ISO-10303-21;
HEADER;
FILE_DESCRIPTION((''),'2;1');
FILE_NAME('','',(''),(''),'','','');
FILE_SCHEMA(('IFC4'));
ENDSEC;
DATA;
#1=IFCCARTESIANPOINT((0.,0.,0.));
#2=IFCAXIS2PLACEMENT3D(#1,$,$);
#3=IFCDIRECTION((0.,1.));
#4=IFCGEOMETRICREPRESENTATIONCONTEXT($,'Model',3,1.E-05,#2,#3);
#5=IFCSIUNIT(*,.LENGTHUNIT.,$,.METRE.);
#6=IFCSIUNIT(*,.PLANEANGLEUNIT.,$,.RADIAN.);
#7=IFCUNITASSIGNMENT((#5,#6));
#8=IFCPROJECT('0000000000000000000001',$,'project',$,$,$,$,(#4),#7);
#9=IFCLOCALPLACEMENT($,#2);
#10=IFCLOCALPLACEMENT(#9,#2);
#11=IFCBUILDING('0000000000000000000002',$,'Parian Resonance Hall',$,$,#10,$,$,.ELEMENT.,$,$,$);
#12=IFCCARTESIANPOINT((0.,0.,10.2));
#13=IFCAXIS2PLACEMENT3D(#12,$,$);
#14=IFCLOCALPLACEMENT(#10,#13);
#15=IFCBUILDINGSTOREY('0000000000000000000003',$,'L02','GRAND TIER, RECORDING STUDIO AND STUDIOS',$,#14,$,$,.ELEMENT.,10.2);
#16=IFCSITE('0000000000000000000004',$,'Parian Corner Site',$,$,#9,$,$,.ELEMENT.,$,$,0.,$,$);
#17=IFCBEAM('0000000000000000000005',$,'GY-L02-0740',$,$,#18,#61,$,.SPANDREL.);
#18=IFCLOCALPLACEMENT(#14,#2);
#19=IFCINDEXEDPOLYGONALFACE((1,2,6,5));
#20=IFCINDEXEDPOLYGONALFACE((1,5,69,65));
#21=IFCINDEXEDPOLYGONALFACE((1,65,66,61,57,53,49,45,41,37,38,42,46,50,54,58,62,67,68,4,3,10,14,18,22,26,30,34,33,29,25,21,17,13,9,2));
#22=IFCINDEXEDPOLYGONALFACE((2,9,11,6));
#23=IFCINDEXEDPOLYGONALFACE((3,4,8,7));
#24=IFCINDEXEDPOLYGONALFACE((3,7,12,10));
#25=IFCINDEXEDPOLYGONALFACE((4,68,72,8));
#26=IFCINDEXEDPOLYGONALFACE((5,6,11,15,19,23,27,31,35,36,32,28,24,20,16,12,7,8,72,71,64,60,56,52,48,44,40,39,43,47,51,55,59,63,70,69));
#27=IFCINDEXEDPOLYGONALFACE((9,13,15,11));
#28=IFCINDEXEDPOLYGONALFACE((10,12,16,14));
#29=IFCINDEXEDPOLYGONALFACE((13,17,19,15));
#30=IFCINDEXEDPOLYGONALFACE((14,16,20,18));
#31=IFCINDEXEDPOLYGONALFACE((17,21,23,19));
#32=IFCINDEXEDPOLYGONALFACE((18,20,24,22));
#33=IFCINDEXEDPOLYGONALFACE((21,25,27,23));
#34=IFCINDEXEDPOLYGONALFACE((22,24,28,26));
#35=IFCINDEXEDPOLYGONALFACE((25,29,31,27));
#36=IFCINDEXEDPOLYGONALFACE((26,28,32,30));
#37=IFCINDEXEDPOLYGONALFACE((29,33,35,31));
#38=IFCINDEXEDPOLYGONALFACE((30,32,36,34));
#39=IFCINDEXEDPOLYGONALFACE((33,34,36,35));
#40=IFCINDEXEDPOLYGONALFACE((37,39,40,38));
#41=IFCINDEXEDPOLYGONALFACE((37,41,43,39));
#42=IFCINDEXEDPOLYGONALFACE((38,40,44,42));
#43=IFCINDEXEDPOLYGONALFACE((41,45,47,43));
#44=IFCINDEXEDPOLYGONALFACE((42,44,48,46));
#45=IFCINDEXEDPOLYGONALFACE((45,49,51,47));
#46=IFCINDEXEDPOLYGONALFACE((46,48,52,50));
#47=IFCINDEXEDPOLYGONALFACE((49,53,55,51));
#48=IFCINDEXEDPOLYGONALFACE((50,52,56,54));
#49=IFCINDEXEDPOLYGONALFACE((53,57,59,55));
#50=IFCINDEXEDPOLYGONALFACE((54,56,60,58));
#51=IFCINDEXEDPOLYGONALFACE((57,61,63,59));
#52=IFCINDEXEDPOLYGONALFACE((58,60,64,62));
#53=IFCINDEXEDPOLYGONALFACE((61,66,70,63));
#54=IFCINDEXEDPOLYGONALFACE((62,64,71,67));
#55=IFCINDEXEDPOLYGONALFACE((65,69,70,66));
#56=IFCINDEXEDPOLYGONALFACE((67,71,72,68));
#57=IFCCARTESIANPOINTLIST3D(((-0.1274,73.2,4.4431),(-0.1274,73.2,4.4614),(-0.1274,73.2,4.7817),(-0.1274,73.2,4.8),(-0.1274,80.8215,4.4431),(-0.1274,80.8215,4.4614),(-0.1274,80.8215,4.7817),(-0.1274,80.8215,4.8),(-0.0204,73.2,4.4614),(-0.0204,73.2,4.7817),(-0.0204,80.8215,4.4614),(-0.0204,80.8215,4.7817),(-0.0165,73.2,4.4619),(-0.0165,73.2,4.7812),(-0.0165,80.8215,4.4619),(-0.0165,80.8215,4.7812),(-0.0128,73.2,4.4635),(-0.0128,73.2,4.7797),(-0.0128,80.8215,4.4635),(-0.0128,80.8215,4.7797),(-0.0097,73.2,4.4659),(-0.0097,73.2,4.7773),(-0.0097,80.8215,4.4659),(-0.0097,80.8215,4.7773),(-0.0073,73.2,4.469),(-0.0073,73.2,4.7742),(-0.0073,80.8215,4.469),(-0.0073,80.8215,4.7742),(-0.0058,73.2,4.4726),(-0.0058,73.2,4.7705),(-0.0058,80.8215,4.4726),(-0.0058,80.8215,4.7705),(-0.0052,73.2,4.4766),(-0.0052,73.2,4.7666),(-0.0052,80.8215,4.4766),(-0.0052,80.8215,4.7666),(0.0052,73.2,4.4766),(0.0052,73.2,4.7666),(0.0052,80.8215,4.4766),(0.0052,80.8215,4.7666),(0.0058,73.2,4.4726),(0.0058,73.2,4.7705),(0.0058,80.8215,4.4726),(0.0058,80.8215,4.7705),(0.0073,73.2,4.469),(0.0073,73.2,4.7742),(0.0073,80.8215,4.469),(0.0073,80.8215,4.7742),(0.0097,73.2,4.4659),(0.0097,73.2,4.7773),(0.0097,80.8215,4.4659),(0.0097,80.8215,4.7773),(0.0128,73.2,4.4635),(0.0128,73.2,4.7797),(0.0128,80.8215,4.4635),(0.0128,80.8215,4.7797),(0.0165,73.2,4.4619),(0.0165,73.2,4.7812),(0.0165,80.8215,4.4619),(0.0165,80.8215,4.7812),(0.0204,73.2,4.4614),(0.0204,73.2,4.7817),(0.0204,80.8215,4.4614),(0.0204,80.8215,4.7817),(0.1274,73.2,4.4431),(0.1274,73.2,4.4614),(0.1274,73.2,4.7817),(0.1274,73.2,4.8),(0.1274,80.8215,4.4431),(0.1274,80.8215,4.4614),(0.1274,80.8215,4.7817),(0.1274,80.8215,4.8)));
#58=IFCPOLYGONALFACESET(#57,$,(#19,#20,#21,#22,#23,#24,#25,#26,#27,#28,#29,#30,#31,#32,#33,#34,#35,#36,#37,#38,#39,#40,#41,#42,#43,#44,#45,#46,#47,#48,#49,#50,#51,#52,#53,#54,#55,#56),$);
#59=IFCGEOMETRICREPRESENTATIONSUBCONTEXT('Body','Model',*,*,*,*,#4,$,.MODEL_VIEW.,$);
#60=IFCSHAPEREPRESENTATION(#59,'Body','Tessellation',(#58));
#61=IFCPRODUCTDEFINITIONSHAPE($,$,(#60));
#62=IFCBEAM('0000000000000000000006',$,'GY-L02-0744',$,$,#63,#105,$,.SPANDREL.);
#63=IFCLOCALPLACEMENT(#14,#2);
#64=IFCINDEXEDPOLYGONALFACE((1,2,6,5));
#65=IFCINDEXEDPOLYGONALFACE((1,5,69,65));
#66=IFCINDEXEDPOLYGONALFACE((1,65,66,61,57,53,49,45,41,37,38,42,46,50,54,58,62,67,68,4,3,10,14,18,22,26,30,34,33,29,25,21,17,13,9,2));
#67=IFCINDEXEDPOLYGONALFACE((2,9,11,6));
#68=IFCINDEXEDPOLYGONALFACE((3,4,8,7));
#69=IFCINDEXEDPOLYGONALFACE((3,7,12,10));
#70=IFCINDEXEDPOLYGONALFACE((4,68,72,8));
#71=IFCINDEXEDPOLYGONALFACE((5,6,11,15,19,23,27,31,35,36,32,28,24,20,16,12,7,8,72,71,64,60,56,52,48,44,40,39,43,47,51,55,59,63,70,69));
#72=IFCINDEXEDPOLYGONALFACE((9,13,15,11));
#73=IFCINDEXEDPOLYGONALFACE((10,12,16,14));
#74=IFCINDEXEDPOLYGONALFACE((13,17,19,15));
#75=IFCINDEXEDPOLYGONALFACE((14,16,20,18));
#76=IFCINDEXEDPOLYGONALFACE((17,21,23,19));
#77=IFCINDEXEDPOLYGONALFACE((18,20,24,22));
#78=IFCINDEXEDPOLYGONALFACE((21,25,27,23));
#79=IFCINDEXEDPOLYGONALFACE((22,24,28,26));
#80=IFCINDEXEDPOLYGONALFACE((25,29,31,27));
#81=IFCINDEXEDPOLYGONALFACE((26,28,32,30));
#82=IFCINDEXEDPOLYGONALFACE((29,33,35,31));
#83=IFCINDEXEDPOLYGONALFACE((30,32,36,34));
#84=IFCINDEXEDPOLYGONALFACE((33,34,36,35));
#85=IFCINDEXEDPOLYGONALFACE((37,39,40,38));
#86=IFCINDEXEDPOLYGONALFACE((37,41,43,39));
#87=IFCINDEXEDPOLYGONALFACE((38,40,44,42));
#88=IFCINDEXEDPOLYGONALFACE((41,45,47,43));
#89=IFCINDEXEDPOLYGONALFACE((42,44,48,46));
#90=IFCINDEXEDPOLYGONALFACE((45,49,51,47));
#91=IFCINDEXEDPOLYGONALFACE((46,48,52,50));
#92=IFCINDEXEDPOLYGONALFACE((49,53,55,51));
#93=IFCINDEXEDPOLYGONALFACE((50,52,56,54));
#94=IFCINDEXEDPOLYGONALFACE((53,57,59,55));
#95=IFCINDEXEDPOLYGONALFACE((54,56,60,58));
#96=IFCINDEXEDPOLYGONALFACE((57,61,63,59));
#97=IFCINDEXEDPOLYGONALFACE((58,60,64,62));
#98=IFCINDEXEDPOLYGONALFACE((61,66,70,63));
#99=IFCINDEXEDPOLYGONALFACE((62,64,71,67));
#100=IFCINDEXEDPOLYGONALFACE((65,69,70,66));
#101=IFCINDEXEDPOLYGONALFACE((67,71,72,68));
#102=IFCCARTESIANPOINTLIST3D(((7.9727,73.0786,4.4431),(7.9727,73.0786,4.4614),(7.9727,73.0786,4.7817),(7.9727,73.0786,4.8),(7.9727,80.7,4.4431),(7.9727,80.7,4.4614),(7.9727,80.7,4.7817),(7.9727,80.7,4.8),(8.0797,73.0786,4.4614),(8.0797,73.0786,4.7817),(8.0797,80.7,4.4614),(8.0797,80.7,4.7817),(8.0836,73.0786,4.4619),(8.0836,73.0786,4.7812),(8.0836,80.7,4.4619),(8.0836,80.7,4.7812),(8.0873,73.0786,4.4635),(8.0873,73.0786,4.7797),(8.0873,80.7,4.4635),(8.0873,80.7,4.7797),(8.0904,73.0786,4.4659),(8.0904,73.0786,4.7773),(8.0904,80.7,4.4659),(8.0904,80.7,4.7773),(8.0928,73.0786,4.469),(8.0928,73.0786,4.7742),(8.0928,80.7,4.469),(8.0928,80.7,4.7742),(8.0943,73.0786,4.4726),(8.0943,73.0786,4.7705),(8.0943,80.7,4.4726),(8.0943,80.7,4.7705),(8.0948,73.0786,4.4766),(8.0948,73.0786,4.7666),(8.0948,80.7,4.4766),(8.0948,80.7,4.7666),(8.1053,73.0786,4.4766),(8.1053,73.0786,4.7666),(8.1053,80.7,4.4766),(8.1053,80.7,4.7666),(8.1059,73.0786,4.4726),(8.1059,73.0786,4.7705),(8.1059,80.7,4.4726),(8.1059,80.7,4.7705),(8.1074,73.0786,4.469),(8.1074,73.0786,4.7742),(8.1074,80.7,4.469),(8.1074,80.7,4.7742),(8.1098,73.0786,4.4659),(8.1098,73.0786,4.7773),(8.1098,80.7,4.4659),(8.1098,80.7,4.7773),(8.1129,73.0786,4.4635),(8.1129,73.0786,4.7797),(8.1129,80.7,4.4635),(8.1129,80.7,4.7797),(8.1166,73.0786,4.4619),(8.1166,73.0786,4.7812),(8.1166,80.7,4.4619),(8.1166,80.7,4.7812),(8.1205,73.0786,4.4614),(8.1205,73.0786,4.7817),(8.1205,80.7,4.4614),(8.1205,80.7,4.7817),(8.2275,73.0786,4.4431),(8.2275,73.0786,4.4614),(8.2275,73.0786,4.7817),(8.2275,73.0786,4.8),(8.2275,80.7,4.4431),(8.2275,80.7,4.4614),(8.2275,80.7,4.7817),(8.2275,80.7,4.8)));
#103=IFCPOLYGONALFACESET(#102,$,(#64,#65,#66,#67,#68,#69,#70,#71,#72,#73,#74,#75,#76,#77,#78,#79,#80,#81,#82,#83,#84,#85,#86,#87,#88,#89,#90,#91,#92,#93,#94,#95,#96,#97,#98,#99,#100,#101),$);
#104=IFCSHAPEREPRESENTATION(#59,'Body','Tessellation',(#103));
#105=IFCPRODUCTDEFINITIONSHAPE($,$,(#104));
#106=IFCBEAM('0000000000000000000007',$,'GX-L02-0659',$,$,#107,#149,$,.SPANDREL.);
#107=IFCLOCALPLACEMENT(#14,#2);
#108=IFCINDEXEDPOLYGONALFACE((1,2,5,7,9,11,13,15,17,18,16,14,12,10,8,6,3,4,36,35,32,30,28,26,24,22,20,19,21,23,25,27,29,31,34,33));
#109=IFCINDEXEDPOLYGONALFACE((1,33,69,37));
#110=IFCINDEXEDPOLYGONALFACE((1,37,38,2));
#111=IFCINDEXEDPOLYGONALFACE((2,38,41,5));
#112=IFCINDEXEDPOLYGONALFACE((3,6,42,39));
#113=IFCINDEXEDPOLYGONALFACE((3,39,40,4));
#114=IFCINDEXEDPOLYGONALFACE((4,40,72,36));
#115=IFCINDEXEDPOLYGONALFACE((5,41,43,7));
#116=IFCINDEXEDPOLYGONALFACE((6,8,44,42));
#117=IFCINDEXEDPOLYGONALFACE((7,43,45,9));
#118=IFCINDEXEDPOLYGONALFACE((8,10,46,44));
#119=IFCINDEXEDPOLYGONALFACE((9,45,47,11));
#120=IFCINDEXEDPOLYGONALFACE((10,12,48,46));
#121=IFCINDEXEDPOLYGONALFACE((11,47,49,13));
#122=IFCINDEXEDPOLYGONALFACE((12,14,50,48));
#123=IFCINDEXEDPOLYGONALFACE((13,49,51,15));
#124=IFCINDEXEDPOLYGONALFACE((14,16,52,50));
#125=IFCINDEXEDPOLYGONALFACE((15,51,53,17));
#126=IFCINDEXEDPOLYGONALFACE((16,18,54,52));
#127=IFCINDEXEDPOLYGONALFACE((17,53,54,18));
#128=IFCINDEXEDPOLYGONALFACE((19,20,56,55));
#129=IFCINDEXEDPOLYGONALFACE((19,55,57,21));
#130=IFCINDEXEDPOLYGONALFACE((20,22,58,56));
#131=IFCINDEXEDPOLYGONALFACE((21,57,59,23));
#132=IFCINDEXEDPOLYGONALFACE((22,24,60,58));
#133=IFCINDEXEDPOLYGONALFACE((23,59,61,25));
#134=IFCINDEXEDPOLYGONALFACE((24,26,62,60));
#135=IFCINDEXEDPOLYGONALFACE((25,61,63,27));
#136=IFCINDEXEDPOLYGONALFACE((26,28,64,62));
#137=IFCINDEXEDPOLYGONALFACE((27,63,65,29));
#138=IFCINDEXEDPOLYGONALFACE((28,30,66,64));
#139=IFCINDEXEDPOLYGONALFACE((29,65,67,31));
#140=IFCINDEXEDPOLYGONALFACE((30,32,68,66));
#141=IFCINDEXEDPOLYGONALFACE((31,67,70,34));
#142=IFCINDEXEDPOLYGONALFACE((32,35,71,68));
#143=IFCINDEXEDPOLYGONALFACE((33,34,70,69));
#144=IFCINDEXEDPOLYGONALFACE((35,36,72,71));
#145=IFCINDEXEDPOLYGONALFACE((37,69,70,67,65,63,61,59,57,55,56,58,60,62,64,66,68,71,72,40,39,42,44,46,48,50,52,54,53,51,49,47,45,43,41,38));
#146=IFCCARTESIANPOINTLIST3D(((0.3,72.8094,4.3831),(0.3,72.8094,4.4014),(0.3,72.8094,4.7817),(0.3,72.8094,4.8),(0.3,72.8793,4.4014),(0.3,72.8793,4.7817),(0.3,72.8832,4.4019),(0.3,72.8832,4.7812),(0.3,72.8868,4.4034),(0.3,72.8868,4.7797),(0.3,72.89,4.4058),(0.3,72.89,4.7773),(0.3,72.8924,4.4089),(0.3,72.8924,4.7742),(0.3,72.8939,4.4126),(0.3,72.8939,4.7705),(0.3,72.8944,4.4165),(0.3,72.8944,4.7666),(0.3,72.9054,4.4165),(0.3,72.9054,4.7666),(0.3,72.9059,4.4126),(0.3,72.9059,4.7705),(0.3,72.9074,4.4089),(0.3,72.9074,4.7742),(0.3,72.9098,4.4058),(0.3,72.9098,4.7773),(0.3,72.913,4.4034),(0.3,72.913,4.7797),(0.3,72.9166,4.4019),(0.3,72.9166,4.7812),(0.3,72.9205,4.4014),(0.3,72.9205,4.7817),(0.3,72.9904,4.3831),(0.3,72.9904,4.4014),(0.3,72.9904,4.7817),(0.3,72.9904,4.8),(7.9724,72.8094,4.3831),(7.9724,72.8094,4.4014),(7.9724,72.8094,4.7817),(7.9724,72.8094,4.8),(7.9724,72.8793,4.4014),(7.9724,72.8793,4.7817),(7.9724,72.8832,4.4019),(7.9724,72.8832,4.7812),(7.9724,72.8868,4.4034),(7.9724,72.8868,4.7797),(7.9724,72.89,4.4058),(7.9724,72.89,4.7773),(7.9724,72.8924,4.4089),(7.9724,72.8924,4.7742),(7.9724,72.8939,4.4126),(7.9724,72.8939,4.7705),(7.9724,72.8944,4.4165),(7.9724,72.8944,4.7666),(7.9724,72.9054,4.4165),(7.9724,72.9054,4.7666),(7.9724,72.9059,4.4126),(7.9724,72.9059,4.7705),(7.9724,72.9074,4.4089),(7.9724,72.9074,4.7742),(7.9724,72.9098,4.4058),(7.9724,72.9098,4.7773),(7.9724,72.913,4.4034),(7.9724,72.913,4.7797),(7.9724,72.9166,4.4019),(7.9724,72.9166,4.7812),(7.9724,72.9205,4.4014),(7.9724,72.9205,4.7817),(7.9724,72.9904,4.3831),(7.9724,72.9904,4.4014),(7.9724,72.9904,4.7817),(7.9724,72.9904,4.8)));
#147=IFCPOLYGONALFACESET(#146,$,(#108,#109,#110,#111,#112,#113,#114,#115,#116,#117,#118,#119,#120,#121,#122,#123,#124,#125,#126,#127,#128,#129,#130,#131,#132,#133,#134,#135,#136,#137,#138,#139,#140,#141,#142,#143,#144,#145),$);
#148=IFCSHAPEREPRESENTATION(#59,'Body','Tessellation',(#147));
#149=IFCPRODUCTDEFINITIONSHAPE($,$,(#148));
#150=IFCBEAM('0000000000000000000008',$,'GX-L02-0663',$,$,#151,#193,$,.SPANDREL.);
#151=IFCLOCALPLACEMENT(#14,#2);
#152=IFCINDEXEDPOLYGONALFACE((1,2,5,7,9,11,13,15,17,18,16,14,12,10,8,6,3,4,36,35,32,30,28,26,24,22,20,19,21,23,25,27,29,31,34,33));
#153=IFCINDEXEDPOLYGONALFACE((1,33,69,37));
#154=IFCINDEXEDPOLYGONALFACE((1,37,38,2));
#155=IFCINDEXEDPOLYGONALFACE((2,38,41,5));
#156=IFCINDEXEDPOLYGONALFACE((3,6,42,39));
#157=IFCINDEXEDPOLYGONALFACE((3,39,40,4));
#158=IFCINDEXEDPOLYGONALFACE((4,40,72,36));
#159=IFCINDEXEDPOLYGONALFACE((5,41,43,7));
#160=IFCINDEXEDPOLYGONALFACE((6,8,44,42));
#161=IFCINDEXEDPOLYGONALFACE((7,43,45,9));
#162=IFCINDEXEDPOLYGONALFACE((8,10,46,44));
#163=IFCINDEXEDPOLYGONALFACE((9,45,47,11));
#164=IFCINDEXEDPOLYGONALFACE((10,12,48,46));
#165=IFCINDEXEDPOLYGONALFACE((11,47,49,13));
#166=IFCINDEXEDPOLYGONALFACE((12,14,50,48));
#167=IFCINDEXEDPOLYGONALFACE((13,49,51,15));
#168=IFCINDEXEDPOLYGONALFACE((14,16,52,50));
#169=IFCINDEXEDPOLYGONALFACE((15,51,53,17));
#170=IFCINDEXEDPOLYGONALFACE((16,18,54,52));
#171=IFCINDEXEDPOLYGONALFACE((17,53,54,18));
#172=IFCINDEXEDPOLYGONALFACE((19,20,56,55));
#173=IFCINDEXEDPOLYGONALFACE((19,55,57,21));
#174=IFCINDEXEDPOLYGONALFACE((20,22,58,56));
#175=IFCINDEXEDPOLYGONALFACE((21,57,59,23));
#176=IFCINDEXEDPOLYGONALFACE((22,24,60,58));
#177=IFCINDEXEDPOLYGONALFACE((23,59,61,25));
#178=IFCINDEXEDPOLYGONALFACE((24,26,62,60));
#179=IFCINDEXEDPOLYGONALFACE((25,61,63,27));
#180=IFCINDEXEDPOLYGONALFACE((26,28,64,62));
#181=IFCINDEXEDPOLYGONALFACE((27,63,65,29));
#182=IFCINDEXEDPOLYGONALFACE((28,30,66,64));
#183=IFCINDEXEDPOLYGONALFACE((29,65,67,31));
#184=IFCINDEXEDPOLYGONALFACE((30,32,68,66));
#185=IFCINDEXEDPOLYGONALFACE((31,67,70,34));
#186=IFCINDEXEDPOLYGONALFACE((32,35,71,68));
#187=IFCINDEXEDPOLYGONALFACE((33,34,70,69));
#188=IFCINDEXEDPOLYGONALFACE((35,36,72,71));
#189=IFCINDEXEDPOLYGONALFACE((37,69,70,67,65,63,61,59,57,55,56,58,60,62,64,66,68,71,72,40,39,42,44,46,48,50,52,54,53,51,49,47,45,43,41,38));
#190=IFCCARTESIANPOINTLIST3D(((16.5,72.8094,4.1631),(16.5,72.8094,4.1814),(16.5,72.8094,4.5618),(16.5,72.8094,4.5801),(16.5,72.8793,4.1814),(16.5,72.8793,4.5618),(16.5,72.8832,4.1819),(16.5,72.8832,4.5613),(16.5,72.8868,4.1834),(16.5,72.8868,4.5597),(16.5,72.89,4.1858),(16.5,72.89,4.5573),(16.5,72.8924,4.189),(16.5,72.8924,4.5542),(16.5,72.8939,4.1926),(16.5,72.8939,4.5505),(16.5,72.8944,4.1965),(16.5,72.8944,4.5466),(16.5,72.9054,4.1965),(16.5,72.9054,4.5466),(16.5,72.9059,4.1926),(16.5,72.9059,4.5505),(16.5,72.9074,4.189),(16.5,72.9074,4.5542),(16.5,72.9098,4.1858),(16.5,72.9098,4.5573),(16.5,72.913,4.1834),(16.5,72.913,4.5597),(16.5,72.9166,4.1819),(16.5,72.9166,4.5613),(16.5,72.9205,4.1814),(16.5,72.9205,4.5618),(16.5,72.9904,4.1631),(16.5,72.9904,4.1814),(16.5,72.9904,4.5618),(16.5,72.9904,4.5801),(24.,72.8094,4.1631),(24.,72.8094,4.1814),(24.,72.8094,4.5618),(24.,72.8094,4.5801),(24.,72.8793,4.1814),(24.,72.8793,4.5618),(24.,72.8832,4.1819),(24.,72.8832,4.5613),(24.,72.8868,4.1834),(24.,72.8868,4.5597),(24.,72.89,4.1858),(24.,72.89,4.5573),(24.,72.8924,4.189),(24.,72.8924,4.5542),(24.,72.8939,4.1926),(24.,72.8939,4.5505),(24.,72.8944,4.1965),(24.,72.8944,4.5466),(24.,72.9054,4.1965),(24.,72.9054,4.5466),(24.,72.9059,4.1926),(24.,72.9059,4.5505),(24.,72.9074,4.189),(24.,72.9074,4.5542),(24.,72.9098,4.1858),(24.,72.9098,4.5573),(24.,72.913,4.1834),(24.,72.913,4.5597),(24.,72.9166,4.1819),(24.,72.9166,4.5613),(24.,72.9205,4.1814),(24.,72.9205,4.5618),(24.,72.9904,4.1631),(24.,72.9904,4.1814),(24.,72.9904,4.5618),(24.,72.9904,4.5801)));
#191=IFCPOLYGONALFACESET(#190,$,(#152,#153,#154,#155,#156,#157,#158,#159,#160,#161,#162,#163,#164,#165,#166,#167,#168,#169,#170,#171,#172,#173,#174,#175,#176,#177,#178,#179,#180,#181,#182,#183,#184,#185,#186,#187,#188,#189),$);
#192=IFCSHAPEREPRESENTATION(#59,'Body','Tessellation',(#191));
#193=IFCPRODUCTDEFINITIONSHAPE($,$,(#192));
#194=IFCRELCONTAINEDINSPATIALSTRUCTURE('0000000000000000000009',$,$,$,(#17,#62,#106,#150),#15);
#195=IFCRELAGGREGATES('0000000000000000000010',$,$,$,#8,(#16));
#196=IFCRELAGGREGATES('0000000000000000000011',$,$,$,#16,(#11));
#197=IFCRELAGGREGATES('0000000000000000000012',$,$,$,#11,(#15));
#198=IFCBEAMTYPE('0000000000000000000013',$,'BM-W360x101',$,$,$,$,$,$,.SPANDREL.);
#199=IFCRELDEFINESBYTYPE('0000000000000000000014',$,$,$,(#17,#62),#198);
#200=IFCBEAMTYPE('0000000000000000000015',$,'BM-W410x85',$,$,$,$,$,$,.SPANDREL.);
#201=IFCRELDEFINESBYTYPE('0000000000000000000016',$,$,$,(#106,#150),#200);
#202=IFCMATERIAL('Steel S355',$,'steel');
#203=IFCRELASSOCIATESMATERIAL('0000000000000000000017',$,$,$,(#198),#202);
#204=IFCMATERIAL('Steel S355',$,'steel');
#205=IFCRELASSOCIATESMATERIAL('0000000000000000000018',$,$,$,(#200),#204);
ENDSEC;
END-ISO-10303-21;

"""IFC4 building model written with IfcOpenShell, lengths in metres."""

from ifc_helpers import new_model, si_unit, direction, frame, origin, origin_2d, place, context, subcontext, project, spatial, i_section, extrude, material, material_profile, profile_set, type_object, element, save


model = new_model("IFC4")

# Units and contexts
model_context = context("Model", 3, precision=1e-05, world=origin(), true_north=direction((0.0, 1.0)))
body_context = subcontext(model_context, "Body", "Model", "MODEL_VIEW")
ifc_project = project(units=[si_unit("LENGTHUNIT", "METRE"), si_unit("PLANEANGLEUNIT", "RADIAN")], contexts=[model_context])

# Site, building, storey
site_placement = place(None, origin())
site = spatial("IfcSite", under=ifc_project, at=site_placement, Name="Parian Corner Site", CompositionType="ELEMENT", RefElevation=0.0)
building_placement = place(site_placement, origin())
building = spatial("IfcBuilding", under=site, at=building_placement, Name="Parian Resonance Hall", CompositionType="ELEMENT")
storey_placement = place(building_placement, frame((0.0, 0.0, 10.2)))
storey = spatial("IfcBuildingStorey", under=building, at=storey_placement, Name="L02", Description="GRAND TIER, RECORDING STUDIO AND STUDIOS", CompositionType="ELEMENT", Elevation=10.2)

# Beams
ifc_material_1 = material(Name="Steel S355", Category="steel")
ifc_material_profile_1 = material_profile(ifc_material_1, i_section(OverallWidth=0.2549, OverallDepth=0.3569, WebThickness=0.0105, FlangeThickness=0.0183, FilletRadius=0.0151, at=origin_2d()), Name="W360x101")
ifc_profile_set_1 = profile_set([ifc_material_profile_1], Name="Steel S355")
beam_type_1 = type_object("IfcBeamType", Name="BM-W360x101", PredefinedType="SPANDREL", material=ifc_profile_set_1)
beam_1_placement = place(storey_placement, frame((0.0, 73.2, 4.6216), z_axis=(0.0, 1.0, 0.0), x_axis=(-1.0, 0.0, 0.0)))
element("IfcBeam", 1, at=beam_1_placement, inside=storey, type_object=beam_type_1, Name="GY-L02-0740", PredefinedType="SPANDREL", context=body_context, shape_type="SweptSolid", body=[
    extrude(i_section(OverallWidth=0.2549, OverallDepth=0.3569, WebThickness=0.0105, FlangeThickness=0.0183, FilletRadius=0.0151, at=origin_2d()), origin(), (0.0, 0.0, 1.0), 7.6216),
])
beam_2_placement = place(storey_placement, frame((8.1001, 73.0786, 4.6216), z_axis=(0.0, 1.0, 0.0), x_axis=(-1.0, 0.0, 0.0)))
element("IfcBeam", 2, at=beam_2_placement, inside=storey, type_object=beam_type_1, Name="GY-L02-0744", PredefinedType="SPANDREL", context=body_context, shape_type="SweptSolid", body=[
    extrude(i_section(OverallWidth=0.2549, OverallDepth=0.3569, WebThickness=0.0105, FlangeThickness=0.0183, FilletRadius=0.0151, at=origin_2d()), origin(), (0.0, 0.0, 1.0), 7.6213),
])
ifc_material_2 = material(Name="Steel S355", Category="steel")
ifc_material_profile_2 = material_profile(ifc_material_2, i_section(OverallWidth=0.1809, OverallDepth=0.417, WebThickness=0.011, FlangeThickness=0.0183, FilletRadius=0.0151, at=origin_2d()), Name="W410x85")
ifc_profile_set_2 = profile_set([ifc_material_profile_2], Name="Steel S355")
beam_type_2 = type_object("IfcBeamType", Name="BM-W410x85", PredefinedType="SPANDREL", material=ifc_profile_set_2)
beam_3_placement = place(storey_placement, frame((0.3, 72.8999, 4.5916), z_axis=(1.0, 0.0, 0.0), x_axis=(0.0, 1.0, 0.0)))
element("IfcBeam", 3, at=beam_3_placement, inside=storey, type_object=beam_type_2, Name="GX-L02-0659", PredefinedType="SPANDREL", context=body_context, shape_type="SweptSolid", body=[
    extrude(i_section(OverallWidth=0.1809, OverallDepth=0.417, WebThickness=0.011, FlangeThickness=0.0183, FilletRadius=0.0151, at=origin_2d()), origin(), (0.0, 0.0, 1.0), 7.6724),
])
beam_4_placement = place(storey_placement, frame((16.5, 72.8999, 4.3716), z_axis=(1.0, 0.0, 0.0), x_axis=(0.0, 1.0, 0.0)))
element("IfcBeam", 4, at=beam_4_placement, inside=storey, type_object=beam_type_2, Name="GX-L02-0663", PredefinedType="SPANDREL", context=body_context, shape_type="SweptSolid", body=[
    extrude(i_section(OverallWidth=0.1809, OverallDepth=0.417, WebThickness=0.011, FlangeThickness=0.0183, FilletRadius=0.0151, at=origin_2d()), origin(), (0.0, 0.0, 1.0), 7.5),
])

save(model, "model.ifc")
